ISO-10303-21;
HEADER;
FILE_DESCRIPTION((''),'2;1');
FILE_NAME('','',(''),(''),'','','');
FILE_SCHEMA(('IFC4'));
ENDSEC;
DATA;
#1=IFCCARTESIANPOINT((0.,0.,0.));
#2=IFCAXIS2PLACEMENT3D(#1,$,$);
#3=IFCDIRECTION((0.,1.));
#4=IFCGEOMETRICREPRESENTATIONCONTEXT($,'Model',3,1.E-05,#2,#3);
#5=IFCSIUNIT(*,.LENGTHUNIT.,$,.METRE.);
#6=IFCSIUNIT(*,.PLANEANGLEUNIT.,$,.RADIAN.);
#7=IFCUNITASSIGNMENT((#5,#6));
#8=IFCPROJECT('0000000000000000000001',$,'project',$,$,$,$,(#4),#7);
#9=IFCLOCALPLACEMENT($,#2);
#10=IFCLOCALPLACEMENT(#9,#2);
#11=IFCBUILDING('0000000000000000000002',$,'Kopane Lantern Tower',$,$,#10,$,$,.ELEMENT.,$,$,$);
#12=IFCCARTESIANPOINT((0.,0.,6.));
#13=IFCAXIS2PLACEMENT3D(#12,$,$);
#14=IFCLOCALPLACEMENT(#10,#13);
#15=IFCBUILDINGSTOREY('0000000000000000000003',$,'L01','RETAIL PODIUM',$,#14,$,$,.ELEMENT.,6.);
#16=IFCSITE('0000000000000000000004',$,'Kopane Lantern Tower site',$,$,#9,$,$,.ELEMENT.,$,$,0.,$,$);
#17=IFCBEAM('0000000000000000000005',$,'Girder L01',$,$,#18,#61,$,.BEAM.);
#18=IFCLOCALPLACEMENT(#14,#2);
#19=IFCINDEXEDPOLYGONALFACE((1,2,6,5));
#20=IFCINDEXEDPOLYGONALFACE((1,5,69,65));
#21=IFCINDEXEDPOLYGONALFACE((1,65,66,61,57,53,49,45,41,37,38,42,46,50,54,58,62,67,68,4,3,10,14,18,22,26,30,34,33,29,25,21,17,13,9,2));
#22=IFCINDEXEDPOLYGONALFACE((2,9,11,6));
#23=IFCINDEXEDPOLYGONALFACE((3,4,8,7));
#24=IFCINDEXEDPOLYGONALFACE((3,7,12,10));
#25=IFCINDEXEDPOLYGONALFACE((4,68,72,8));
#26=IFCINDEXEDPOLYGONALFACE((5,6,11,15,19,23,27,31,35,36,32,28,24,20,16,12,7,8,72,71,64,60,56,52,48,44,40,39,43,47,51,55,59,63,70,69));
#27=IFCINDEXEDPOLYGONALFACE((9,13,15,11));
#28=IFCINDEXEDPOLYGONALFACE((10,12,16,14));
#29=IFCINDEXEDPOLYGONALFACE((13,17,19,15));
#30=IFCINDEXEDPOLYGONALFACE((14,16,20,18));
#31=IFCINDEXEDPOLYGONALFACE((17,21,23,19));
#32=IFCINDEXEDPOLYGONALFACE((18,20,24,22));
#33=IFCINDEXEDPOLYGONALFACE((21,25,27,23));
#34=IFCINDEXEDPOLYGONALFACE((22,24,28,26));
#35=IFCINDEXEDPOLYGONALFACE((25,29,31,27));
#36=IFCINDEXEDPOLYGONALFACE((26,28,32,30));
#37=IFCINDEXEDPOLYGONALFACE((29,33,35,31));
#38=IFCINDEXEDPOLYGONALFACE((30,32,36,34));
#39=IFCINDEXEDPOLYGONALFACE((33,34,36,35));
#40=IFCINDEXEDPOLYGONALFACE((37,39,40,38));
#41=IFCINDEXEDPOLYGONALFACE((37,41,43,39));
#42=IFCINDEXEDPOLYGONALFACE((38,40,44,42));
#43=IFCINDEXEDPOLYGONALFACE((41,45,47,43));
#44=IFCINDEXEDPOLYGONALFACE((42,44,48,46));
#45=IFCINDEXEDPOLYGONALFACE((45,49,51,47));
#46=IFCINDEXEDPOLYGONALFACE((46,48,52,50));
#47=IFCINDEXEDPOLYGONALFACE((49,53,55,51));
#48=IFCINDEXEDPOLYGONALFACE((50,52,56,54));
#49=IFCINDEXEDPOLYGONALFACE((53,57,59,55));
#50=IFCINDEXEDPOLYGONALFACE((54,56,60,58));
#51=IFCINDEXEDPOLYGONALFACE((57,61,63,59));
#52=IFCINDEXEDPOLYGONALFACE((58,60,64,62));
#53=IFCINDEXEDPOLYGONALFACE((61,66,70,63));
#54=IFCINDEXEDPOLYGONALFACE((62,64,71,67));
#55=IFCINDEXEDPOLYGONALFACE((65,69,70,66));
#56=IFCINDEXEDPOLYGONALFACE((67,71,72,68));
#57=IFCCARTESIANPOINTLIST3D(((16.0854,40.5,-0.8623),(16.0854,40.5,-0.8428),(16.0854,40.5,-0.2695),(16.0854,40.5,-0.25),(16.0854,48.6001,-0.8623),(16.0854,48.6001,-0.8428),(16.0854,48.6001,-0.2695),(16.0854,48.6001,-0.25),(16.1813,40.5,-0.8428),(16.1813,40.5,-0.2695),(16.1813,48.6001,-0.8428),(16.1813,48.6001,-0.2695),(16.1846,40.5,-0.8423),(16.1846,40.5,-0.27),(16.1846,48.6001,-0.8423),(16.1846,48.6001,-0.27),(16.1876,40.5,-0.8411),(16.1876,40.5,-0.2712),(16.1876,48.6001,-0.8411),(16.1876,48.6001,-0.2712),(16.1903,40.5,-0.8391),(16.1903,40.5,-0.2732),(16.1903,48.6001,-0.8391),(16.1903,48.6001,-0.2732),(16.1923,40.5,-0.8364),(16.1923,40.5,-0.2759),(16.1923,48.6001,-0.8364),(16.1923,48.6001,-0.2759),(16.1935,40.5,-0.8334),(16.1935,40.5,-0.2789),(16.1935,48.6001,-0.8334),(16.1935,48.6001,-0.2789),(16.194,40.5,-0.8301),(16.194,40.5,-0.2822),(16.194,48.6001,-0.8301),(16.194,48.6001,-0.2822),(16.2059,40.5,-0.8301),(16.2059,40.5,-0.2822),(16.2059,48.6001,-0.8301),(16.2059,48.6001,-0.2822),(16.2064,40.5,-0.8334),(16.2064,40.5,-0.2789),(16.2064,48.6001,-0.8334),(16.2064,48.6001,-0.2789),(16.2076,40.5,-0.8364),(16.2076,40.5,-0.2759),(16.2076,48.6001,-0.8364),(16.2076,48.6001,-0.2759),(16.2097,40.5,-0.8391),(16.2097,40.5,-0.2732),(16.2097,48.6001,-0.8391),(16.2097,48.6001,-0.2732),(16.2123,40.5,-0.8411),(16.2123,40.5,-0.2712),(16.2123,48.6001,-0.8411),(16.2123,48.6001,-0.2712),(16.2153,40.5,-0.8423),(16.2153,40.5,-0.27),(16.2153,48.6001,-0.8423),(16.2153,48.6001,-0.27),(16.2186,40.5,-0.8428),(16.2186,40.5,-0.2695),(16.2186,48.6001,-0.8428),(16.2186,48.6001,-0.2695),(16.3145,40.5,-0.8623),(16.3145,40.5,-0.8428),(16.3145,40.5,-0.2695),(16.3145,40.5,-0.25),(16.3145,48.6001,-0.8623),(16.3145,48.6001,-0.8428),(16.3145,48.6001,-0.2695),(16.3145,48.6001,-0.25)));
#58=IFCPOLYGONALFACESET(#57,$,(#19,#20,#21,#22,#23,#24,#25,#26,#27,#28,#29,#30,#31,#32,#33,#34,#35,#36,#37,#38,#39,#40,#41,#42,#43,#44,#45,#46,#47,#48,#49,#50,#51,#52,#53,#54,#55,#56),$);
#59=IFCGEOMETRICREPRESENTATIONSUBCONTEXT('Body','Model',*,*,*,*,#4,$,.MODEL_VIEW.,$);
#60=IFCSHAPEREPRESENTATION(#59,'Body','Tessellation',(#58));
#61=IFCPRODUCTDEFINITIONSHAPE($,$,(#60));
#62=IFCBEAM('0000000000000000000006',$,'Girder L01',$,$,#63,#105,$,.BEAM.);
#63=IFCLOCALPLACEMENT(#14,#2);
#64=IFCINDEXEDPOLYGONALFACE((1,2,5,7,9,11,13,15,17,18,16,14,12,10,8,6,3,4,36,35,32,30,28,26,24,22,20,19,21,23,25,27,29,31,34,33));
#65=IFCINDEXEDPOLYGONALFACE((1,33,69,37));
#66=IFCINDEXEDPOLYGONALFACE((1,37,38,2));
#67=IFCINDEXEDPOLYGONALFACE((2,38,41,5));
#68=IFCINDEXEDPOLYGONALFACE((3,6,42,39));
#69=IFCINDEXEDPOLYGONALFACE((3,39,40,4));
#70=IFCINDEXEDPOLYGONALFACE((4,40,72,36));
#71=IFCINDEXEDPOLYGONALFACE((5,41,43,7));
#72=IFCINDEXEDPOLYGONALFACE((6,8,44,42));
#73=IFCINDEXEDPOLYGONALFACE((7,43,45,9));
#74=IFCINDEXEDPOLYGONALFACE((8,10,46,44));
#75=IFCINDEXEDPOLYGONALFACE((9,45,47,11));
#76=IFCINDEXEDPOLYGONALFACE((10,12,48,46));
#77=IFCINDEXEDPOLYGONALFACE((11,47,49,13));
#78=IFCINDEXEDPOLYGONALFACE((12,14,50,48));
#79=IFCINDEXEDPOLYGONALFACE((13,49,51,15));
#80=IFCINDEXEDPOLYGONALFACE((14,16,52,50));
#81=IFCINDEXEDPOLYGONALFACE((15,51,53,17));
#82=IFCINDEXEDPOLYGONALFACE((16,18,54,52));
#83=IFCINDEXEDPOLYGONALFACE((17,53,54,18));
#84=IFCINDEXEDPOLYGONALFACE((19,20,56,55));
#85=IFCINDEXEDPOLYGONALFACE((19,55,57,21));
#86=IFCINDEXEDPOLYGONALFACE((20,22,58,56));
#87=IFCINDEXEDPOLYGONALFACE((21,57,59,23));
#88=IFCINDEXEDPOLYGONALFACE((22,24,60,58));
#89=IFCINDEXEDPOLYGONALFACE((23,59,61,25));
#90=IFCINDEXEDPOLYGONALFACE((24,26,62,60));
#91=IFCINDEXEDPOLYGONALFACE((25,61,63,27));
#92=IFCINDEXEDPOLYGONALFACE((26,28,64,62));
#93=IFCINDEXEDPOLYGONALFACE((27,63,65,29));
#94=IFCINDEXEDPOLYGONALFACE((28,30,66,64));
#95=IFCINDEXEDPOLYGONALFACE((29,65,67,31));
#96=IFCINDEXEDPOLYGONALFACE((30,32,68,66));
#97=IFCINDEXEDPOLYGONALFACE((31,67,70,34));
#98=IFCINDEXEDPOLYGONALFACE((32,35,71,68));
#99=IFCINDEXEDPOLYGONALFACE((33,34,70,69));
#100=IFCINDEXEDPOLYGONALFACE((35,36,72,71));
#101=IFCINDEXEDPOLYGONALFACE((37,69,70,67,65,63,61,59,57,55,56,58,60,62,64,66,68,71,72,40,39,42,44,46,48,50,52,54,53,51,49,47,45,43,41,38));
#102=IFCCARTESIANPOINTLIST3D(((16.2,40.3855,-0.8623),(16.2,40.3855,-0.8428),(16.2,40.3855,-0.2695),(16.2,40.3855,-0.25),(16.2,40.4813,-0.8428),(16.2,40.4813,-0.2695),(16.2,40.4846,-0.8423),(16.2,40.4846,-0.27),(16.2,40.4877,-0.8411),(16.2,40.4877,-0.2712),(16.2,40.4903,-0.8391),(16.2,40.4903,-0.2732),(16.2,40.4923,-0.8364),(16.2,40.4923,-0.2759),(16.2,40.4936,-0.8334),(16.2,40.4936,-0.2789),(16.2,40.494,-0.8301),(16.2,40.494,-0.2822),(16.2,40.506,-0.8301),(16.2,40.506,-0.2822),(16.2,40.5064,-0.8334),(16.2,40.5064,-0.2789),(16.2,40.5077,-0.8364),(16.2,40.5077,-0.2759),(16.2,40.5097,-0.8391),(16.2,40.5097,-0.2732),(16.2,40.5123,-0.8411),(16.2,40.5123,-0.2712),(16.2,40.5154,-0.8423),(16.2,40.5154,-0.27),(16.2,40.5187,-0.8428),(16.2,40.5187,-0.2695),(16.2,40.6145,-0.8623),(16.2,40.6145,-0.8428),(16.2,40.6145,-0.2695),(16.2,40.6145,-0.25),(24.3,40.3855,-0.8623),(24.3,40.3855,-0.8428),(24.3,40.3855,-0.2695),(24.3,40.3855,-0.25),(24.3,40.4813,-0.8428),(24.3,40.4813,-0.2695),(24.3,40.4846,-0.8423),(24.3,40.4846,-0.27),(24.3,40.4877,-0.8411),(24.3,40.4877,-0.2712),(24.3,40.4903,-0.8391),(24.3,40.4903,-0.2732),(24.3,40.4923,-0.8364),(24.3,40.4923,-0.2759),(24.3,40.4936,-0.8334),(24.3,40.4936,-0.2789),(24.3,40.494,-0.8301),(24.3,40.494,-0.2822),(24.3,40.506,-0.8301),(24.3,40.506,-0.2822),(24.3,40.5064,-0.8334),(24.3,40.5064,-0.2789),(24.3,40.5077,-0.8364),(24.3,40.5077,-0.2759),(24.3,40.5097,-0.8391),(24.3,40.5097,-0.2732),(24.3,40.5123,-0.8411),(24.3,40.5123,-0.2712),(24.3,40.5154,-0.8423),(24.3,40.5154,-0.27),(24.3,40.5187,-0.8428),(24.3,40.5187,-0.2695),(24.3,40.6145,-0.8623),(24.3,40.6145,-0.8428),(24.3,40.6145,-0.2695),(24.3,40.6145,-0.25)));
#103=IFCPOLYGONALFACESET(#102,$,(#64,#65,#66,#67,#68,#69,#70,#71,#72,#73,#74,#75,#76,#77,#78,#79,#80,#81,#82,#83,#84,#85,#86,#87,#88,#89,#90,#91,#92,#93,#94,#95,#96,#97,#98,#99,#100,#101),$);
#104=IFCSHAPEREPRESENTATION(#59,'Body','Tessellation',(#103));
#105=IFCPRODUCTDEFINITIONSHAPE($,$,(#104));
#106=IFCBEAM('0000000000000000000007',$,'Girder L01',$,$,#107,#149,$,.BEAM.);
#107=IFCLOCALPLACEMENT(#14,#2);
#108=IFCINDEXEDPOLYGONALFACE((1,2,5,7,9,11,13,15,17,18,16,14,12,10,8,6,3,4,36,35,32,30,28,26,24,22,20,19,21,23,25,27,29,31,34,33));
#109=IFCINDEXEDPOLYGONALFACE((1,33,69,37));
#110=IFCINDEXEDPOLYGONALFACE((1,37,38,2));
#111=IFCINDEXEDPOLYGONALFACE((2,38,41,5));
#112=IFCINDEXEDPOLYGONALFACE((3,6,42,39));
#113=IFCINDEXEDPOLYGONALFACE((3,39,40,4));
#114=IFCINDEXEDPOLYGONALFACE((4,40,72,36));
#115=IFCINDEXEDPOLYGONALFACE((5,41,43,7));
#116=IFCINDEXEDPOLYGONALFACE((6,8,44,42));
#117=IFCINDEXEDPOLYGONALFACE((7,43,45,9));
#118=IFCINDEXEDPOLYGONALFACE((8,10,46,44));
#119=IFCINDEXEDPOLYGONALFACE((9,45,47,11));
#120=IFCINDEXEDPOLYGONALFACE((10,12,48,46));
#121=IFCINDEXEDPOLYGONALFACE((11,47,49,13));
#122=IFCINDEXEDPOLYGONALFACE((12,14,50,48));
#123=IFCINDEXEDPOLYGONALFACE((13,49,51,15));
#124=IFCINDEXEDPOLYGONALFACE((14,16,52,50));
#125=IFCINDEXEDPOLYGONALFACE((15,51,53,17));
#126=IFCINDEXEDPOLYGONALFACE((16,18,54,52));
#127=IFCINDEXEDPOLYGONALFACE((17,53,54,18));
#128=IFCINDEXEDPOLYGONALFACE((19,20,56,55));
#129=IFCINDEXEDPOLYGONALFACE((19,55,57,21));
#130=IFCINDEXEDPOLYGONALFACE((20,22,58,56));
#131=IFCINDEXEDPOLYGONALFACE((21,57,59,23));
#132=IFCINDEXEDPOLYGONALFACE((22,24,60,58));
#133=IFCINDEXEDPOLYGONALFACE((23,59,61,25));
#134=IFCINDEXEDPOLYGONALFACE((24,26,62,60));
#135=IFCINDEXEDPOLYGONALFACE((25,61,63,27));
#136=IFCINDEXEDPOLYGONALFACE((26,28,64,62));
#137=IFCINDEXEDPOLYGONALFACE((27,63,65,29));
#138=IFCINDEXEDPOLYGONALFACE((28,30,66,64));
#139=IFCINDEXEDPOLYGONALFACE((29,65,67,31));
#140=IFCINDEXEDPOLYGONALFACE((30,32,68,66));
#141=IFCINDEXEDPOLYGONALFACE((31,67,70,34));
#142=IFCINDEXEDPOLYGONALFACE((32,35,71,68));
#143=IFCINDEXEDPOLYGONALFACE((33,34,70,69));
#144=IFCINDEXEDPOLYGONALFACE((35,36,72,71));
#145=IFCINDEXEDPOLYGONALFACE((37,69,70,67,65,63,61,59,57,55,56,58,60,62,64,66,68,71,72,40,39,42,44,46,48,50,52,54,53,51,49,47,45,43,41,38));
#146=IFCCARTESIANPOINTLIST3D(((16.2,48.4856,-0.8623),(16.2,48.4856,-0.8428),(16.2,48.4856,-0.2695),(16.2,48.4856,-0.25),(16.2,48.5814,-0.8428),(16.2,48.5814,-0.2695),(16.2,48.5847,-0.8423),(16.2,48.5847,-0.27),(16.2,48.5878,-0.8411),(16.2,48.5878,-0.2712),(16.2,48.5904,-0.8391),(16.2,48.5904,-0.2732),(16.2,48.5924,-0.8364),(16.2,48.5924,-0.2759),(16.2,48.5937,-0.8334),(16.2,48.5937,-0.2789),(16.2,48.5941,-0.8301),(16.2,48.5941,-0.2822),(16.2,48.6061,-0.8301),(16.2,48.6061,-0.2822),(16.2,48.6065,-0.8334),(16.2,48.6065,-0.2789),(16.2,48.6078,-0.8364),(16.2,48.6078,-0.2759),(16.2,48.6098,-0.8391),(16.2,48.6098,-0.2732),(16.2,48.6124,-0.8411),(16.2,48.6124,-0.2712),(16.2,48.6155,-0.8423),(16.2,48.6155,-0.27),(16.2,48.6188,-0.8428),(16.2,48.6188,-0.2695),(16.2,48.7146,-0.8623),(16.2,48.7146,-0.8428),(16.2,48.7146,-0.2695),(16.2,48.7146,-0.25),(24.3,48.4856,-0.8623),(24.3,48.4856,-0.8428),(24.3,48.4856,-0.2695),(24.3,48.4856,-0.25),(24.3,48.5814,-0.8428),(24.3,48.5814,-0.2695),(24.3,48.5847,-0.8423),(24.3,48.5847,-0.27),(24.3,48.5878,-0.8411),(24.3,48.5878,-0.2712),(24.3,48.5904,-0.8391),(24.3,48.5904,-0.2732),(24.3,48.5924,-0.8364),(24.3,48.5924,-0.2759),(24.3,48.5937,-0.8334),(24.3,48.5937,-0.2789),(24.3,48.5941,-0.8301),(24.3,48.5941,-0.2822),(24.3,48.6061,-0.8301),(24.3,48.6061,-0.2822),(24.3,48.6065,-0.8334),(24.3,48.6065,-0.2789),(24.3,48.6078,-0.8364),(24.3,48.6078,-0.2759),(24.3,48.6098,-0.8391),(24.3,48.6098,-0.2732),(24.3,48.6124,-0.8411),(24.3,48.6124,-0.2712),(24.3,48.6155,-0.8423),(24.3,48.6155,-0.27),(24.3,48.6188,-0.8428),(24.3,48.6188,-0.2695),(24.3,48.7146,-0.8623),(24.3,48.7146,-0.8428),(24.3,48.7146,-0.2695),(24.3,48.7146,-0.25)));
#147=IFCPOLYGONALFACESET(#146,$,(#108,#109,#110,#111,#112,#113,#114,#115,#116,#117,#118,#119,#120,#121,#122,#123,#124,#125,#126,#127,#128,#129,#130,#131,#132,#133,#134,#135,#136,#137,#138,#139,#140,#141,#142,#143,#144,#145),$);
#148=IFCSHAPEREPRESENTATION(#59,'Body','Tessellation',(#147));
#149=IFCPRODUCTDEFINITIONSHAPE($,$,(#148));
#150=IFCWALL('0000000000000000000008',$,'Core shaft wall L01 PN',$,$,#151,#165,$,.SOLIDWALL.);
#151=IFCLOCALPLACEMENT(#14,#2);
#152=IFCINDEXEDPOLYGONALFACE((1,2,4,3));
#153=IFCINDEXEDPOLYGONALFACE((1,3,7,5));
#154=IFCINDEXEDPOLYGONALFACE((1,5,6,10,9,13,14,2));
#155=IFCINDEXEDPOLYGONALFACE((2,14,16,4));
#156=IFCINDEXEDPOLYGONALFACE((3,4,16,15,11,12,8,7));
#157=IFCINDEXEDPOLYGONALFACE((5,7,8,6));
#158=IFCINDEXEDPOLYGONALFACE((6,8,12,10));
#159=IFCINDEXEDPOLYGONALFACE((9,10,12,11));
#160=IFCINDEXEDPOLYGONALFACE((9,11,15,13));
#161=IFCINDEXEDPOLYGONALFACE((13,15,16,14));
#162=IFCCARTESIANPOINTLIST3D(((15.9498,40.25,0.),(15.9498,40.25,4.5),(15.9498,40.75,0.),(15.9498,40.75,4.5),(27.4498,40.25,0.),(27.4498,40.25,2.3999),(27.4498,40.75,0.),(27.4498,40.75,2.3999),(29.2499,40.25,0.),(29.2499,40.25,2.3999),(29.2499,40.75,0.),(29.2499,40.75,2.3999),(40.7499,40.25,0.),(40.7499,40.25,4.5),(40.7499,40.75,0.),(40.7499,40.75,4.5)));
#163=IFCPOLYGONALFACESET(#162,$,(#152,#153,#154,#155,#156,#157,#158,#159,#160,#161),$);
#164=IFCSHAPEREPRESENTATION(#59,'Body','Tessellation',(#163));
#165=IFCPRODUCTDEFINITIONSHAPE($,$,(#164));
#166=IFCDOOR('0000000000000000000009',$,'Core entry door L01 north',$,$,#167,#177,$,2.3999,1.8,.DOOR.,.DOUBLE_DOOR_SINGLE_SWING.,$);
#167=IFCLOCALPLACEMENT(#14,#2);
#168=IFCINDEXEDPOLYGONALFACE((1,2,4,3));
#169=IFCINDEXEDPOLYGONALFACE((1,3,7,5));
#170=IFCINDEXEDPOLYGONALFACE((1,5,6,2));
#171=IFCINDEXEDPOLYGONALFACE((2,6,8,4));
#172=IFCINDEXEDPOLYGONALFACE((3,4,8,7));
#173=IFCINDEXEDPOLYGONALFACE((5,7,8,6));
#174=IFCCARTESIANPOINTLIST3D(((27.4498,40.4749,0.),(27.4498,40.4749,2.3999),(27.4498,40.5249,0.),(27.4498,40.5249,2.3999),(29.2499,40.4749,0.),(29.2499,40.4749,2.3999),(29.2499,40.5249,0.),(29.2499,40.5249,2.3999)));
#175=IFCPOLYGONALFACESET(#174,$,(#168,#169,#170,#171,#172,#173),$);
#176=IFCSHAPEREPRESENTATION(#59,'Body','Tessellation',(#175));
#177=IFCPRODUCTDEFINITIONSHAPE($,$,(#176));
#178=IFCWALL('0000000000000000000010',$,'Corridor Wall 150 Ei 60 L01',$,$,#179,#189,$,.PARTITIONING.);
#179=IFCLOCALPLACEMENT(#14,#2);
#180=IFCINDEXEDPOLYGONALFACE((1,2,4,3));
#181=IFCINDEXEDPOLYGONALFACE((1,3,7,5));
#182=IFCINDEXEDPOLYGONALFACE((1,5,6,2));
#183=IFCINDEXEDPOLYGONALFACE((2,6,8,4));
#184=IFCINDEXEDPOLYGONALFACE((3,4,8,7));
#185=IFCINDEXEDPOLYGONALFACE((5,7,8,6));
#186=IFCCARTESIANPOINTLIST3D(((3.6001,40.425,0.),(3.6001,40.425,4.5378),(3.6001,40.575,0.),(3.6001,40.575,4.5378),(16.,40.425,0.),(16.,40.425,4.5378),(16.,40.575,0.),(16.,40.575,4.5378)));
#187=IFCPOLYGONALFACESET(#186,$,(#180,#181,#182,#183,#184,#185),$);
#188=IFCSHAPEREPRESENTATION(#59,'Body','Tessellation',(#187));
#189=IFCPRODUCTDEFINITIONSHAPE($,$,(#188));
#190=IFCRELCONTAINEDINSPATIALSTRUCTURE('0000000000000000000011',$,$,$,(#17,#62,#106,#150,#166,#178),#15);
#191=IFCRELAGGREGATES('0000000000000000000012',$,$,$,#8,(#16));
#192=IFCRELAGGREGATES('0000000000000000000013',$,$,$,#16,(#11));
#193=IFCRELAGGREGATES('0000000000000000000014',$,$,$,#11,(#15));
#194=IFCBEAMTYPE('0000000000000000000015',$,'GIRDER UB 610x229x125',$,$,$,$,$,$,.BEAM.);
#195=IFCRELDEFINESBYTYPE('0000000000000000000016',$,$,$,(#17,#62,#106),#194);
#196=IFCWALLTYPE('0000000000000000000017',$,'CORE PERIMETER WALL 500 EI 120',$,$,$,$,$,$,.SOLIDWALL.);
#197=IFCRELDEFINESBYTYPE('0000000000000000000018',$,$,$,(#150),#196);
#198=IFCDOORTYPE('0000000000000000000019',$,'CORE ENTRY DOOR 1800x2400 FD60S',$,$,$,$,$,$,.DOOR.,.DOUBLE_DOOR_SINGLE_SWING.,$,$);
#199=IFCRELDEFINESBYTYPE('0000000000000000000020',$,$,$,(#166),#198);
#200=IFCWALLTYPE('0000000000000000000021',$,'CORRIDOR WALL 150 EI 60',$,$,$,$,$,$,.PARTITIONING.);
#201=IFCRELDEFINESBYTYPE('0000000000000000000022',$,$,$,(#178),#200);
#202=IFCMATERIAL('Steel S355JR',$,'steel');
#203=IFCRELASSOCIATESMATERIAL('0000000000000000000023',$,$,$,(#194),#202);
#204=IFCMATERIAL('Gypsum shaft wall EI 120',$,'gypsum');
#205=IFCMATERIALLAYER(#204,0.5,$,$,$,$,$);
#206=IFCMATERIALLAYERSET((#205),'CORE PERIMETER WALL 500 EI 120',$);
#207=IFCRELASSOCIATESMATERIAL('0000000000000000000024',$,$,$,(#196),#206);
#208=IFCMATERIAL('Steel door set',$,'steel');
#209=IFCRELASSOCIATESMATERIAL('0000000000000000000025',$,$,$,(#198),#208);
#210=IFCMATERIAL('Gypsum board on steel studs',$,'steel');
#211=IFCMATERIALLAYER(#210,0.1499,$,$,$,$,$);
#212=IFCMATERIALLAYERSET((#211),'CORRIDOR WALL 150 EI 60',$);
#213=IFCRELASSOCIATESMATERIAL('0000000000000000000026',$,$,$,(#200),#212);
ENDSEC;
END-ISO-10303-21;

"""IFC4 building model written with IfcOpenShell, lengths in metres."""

from ifc_helpers import new_model, si_unit, direction, frame, frame_2d, origin, origin_2d, place, context, subcontext, project, spatial, rectangle, i_section, extrude, material, layer, layer_set, material_profile, profile_set, type_object, element, fill, save


model = new_model("IFC4")

# Units and contexts
model_context = context("Model", 3, precision=1e-05, world=origin(), true_north=direction((0.0, 1.0)))
body_context = subcontext(model_context, "Body", "Model", "MODEL_VIEW")
ifc_project = project(units=[si_unit("LENGTHUNIT", "METRE"), si_unit("PLANEANGLEUNIT", "RADIAN")], contexts=[model_context])

# Site, building, storey
site_placement = place(None, origin())
site = spatial("IfcSite", under=ifc_project, at=site_placement, Name="Kopane Lantern Tower site", CompositionType="ELEMENT", RefElevation=0.0)
building_placement = place(site_placement, origin())
building = spatial("IfcBuilding", under=site, at=building_placement, Name="Kopane Lantern Tower", CompositionType="ELEMENT")
storey_placement = place(building_placement, frame((0.0, 0.0, 6.0)))
storey = spatial("IfcBuildingStorey", under=building, at=storey_placement, Name="L01", Description="RETAIL PODIUM", CompositionType="ELEMENT", Elevation=6.0)

# Beams
ifc_material_1 = material(Name="Steel S355JR", Category="steel")
ifc_material_profile_1 = material_profile(ifc_material_1, i_section(OverallWidth=0.229, OverallDepth=0.6123, WebThickness=0.012, FlangeThickness=0.0195, FilletRadius=0.0127, at=origin_2d()), Name="UB 610x229x125")
ifc_profile_set_1 = profile_set([ifc_material_profile_1], Name="Steel S355JR")
beam_type = type_object("IfcBeamType", Name="GIRDER UB 610x229x125", PredefinedType="BEAM", material=ifc_profile_set_1)
for number, where, z_axis, x_axis, name in (
    (1, (16.2, 40.5, -0.5562), (0.0, 1.0, 0.0), (-1.0, 0.0, 0.0), "Girder L01"),
    (2, (16.2, 40.5, -0.5562), (1.0, 0.0, 0.0), (0.0, 1.0, 0.0), "Girder L01"),
    (3, (16.2, 48.6001, -0.5562), (1.0, 0.0, 0.0), (0.0, 1.0, 0.0), "Girder L01"),
):
    element("IfcBeam", number, at=place(storey_placement, frame(where, z_axis=z_axis, x_axis=x_axis)), inside=storey, type_object=beam_type, Name=name, PredefinedType="BEAM", context=body_context, shape_type="SweptSolid", body=[
        extrude(i_section(OverallWidth=0.229, OverallDepth=0.6123, WebThickness=0.012, FlangeThickness=0.0195, FilletRadius=0.0127, at=origin_2d()), origin(), (0.0, 0.0, 1.0), 8.1001),
    ])

# Wall, opening, door
ifc_material_2 = material(Name="Gypsum shaft wall EI 120", Category="gypsum")
ifc_layer_1 = layer(ifc_material_2, 0.5)
ifc_layer_set_1 = layer_set([ifc_layer_1], Name="CORE PERIMETER WALL 500 EI 120")
wall_type_1 = type_object("IfcWallType", Name="CORE PERIMETER WALL 500 EI 120", PredefinedType="SOLIDWALL", material=ifc_layer_set_1)
wall_1_placement = place(storey_placement, frame((15.95, 40.5, 0.0), z_axis=(0.0, 0.0, 1.0), x_axis=(1.0, 0.0, 0.0)))
wall_1 = element("IfcWall", 4, at=wall_1_placement, inside=storey, type_object=wall_type_1, Name="Core shaft wall L01 PN", PredefinedType="SOLIDWALL", context=body_context, shape_type="SweptSolid", body=[
    extrude(rectangle(XDim=24.8, YDim=0.5, at=frame_2d((12.3999, 0.0))), origin(), (0.0, 0.0, 1.0), 4.5),
])
opening_placement = place(wall_1_placement, frame((11.5, 0.0, 0.0)))
opening = element("IfcOpeningElement", 5, at=opening_placement, cuts=wall_1, PredefinedType="OPENING", context=body_context, shape_type="SweptSolid", body=[
    extrude(rectangle(XDim=1.8, YDim=2.3999, at=frame_2d((0.8999, 1.2))), frame((0.0, 0.26, 0.0), z_axis=(0.0, -1.0, 0.0), x_axis=(1.0, 0.0, 0.0)), (0.0, 0.0, 1.0), 0.52),
])
ifc_material_3 = material(Name="Steel door set", Category="steel")
door_type = type_object("IfcDoorType", Name="CORE ENTRY DOOR 1800x2400 FD60S", OperationType="DOUBLE_DOOR_SINGLE_SWING", PredefinedType="DOOR", material=ifc_material_3)
door_placement = place(opening_placement, origin())
door = element("IfcDoor", 6, at=door_placement, inside=storey, type_object=door_type, Name="Core entry door L01 north", OperationType="DOUBLE_DOOR_SINGLE_SWING", OverallHeight=2.3999, OverallWidth=1.8, PredefinedType="DOOR", context=body_context, shape_type="SweptSolid", body=[
    extrude(rectangle(XDim=1.8, YDim=2.3999, at=frame_2d((0.8999, 1.2))), frame((0.0, 0.0249, 0.0), z_axis=(0.0, -1.0, 0.0), x_axis=(1.0, 0.0, 0.0)), (0.0, 0.0, 1.0), 0.05),
])
fill(opening, door)

# Wall
ifc_material_4 = material(Name="Gypsum board on steel studs", Category="steel")
ifc_layer_2 = layer(ifc_material_4, 0.1499)
ifc_layer_set_2 = layer_set([ifc_layer_2], Name="CORRIDOR WALL 150 EI 60")
wall_type_2 = type_object("IfcWallType", Name="CORRIDOR WALL 150 EI 60", PredefinedType="PARTITIONING", material=ifc_layer_set_2)
wall_2_placement = place(storey_placement, frame((16.0, 40.5, 0.0), z_axis=(0.0, 0.0, 1.0), x_axis=(-1.0, 0.0, 0.0)))
element("IfcWall", 7, at=wall_2_placement, inside=storey, type_object=wall_type_2, Name="Corridor Wall 150 Ei 60 L01", PredefinedType="PARTITIONING", context=body_context, shape_type="SweptSolid", body=[
    extrude(rectangle(XDim=12.3999, YDim=0.1499, at=frame_2d((6.2, 0.0))), origin(), (0.0, 0.0, 1.0), 4.5378),
])

save(model, "model.ifc")
